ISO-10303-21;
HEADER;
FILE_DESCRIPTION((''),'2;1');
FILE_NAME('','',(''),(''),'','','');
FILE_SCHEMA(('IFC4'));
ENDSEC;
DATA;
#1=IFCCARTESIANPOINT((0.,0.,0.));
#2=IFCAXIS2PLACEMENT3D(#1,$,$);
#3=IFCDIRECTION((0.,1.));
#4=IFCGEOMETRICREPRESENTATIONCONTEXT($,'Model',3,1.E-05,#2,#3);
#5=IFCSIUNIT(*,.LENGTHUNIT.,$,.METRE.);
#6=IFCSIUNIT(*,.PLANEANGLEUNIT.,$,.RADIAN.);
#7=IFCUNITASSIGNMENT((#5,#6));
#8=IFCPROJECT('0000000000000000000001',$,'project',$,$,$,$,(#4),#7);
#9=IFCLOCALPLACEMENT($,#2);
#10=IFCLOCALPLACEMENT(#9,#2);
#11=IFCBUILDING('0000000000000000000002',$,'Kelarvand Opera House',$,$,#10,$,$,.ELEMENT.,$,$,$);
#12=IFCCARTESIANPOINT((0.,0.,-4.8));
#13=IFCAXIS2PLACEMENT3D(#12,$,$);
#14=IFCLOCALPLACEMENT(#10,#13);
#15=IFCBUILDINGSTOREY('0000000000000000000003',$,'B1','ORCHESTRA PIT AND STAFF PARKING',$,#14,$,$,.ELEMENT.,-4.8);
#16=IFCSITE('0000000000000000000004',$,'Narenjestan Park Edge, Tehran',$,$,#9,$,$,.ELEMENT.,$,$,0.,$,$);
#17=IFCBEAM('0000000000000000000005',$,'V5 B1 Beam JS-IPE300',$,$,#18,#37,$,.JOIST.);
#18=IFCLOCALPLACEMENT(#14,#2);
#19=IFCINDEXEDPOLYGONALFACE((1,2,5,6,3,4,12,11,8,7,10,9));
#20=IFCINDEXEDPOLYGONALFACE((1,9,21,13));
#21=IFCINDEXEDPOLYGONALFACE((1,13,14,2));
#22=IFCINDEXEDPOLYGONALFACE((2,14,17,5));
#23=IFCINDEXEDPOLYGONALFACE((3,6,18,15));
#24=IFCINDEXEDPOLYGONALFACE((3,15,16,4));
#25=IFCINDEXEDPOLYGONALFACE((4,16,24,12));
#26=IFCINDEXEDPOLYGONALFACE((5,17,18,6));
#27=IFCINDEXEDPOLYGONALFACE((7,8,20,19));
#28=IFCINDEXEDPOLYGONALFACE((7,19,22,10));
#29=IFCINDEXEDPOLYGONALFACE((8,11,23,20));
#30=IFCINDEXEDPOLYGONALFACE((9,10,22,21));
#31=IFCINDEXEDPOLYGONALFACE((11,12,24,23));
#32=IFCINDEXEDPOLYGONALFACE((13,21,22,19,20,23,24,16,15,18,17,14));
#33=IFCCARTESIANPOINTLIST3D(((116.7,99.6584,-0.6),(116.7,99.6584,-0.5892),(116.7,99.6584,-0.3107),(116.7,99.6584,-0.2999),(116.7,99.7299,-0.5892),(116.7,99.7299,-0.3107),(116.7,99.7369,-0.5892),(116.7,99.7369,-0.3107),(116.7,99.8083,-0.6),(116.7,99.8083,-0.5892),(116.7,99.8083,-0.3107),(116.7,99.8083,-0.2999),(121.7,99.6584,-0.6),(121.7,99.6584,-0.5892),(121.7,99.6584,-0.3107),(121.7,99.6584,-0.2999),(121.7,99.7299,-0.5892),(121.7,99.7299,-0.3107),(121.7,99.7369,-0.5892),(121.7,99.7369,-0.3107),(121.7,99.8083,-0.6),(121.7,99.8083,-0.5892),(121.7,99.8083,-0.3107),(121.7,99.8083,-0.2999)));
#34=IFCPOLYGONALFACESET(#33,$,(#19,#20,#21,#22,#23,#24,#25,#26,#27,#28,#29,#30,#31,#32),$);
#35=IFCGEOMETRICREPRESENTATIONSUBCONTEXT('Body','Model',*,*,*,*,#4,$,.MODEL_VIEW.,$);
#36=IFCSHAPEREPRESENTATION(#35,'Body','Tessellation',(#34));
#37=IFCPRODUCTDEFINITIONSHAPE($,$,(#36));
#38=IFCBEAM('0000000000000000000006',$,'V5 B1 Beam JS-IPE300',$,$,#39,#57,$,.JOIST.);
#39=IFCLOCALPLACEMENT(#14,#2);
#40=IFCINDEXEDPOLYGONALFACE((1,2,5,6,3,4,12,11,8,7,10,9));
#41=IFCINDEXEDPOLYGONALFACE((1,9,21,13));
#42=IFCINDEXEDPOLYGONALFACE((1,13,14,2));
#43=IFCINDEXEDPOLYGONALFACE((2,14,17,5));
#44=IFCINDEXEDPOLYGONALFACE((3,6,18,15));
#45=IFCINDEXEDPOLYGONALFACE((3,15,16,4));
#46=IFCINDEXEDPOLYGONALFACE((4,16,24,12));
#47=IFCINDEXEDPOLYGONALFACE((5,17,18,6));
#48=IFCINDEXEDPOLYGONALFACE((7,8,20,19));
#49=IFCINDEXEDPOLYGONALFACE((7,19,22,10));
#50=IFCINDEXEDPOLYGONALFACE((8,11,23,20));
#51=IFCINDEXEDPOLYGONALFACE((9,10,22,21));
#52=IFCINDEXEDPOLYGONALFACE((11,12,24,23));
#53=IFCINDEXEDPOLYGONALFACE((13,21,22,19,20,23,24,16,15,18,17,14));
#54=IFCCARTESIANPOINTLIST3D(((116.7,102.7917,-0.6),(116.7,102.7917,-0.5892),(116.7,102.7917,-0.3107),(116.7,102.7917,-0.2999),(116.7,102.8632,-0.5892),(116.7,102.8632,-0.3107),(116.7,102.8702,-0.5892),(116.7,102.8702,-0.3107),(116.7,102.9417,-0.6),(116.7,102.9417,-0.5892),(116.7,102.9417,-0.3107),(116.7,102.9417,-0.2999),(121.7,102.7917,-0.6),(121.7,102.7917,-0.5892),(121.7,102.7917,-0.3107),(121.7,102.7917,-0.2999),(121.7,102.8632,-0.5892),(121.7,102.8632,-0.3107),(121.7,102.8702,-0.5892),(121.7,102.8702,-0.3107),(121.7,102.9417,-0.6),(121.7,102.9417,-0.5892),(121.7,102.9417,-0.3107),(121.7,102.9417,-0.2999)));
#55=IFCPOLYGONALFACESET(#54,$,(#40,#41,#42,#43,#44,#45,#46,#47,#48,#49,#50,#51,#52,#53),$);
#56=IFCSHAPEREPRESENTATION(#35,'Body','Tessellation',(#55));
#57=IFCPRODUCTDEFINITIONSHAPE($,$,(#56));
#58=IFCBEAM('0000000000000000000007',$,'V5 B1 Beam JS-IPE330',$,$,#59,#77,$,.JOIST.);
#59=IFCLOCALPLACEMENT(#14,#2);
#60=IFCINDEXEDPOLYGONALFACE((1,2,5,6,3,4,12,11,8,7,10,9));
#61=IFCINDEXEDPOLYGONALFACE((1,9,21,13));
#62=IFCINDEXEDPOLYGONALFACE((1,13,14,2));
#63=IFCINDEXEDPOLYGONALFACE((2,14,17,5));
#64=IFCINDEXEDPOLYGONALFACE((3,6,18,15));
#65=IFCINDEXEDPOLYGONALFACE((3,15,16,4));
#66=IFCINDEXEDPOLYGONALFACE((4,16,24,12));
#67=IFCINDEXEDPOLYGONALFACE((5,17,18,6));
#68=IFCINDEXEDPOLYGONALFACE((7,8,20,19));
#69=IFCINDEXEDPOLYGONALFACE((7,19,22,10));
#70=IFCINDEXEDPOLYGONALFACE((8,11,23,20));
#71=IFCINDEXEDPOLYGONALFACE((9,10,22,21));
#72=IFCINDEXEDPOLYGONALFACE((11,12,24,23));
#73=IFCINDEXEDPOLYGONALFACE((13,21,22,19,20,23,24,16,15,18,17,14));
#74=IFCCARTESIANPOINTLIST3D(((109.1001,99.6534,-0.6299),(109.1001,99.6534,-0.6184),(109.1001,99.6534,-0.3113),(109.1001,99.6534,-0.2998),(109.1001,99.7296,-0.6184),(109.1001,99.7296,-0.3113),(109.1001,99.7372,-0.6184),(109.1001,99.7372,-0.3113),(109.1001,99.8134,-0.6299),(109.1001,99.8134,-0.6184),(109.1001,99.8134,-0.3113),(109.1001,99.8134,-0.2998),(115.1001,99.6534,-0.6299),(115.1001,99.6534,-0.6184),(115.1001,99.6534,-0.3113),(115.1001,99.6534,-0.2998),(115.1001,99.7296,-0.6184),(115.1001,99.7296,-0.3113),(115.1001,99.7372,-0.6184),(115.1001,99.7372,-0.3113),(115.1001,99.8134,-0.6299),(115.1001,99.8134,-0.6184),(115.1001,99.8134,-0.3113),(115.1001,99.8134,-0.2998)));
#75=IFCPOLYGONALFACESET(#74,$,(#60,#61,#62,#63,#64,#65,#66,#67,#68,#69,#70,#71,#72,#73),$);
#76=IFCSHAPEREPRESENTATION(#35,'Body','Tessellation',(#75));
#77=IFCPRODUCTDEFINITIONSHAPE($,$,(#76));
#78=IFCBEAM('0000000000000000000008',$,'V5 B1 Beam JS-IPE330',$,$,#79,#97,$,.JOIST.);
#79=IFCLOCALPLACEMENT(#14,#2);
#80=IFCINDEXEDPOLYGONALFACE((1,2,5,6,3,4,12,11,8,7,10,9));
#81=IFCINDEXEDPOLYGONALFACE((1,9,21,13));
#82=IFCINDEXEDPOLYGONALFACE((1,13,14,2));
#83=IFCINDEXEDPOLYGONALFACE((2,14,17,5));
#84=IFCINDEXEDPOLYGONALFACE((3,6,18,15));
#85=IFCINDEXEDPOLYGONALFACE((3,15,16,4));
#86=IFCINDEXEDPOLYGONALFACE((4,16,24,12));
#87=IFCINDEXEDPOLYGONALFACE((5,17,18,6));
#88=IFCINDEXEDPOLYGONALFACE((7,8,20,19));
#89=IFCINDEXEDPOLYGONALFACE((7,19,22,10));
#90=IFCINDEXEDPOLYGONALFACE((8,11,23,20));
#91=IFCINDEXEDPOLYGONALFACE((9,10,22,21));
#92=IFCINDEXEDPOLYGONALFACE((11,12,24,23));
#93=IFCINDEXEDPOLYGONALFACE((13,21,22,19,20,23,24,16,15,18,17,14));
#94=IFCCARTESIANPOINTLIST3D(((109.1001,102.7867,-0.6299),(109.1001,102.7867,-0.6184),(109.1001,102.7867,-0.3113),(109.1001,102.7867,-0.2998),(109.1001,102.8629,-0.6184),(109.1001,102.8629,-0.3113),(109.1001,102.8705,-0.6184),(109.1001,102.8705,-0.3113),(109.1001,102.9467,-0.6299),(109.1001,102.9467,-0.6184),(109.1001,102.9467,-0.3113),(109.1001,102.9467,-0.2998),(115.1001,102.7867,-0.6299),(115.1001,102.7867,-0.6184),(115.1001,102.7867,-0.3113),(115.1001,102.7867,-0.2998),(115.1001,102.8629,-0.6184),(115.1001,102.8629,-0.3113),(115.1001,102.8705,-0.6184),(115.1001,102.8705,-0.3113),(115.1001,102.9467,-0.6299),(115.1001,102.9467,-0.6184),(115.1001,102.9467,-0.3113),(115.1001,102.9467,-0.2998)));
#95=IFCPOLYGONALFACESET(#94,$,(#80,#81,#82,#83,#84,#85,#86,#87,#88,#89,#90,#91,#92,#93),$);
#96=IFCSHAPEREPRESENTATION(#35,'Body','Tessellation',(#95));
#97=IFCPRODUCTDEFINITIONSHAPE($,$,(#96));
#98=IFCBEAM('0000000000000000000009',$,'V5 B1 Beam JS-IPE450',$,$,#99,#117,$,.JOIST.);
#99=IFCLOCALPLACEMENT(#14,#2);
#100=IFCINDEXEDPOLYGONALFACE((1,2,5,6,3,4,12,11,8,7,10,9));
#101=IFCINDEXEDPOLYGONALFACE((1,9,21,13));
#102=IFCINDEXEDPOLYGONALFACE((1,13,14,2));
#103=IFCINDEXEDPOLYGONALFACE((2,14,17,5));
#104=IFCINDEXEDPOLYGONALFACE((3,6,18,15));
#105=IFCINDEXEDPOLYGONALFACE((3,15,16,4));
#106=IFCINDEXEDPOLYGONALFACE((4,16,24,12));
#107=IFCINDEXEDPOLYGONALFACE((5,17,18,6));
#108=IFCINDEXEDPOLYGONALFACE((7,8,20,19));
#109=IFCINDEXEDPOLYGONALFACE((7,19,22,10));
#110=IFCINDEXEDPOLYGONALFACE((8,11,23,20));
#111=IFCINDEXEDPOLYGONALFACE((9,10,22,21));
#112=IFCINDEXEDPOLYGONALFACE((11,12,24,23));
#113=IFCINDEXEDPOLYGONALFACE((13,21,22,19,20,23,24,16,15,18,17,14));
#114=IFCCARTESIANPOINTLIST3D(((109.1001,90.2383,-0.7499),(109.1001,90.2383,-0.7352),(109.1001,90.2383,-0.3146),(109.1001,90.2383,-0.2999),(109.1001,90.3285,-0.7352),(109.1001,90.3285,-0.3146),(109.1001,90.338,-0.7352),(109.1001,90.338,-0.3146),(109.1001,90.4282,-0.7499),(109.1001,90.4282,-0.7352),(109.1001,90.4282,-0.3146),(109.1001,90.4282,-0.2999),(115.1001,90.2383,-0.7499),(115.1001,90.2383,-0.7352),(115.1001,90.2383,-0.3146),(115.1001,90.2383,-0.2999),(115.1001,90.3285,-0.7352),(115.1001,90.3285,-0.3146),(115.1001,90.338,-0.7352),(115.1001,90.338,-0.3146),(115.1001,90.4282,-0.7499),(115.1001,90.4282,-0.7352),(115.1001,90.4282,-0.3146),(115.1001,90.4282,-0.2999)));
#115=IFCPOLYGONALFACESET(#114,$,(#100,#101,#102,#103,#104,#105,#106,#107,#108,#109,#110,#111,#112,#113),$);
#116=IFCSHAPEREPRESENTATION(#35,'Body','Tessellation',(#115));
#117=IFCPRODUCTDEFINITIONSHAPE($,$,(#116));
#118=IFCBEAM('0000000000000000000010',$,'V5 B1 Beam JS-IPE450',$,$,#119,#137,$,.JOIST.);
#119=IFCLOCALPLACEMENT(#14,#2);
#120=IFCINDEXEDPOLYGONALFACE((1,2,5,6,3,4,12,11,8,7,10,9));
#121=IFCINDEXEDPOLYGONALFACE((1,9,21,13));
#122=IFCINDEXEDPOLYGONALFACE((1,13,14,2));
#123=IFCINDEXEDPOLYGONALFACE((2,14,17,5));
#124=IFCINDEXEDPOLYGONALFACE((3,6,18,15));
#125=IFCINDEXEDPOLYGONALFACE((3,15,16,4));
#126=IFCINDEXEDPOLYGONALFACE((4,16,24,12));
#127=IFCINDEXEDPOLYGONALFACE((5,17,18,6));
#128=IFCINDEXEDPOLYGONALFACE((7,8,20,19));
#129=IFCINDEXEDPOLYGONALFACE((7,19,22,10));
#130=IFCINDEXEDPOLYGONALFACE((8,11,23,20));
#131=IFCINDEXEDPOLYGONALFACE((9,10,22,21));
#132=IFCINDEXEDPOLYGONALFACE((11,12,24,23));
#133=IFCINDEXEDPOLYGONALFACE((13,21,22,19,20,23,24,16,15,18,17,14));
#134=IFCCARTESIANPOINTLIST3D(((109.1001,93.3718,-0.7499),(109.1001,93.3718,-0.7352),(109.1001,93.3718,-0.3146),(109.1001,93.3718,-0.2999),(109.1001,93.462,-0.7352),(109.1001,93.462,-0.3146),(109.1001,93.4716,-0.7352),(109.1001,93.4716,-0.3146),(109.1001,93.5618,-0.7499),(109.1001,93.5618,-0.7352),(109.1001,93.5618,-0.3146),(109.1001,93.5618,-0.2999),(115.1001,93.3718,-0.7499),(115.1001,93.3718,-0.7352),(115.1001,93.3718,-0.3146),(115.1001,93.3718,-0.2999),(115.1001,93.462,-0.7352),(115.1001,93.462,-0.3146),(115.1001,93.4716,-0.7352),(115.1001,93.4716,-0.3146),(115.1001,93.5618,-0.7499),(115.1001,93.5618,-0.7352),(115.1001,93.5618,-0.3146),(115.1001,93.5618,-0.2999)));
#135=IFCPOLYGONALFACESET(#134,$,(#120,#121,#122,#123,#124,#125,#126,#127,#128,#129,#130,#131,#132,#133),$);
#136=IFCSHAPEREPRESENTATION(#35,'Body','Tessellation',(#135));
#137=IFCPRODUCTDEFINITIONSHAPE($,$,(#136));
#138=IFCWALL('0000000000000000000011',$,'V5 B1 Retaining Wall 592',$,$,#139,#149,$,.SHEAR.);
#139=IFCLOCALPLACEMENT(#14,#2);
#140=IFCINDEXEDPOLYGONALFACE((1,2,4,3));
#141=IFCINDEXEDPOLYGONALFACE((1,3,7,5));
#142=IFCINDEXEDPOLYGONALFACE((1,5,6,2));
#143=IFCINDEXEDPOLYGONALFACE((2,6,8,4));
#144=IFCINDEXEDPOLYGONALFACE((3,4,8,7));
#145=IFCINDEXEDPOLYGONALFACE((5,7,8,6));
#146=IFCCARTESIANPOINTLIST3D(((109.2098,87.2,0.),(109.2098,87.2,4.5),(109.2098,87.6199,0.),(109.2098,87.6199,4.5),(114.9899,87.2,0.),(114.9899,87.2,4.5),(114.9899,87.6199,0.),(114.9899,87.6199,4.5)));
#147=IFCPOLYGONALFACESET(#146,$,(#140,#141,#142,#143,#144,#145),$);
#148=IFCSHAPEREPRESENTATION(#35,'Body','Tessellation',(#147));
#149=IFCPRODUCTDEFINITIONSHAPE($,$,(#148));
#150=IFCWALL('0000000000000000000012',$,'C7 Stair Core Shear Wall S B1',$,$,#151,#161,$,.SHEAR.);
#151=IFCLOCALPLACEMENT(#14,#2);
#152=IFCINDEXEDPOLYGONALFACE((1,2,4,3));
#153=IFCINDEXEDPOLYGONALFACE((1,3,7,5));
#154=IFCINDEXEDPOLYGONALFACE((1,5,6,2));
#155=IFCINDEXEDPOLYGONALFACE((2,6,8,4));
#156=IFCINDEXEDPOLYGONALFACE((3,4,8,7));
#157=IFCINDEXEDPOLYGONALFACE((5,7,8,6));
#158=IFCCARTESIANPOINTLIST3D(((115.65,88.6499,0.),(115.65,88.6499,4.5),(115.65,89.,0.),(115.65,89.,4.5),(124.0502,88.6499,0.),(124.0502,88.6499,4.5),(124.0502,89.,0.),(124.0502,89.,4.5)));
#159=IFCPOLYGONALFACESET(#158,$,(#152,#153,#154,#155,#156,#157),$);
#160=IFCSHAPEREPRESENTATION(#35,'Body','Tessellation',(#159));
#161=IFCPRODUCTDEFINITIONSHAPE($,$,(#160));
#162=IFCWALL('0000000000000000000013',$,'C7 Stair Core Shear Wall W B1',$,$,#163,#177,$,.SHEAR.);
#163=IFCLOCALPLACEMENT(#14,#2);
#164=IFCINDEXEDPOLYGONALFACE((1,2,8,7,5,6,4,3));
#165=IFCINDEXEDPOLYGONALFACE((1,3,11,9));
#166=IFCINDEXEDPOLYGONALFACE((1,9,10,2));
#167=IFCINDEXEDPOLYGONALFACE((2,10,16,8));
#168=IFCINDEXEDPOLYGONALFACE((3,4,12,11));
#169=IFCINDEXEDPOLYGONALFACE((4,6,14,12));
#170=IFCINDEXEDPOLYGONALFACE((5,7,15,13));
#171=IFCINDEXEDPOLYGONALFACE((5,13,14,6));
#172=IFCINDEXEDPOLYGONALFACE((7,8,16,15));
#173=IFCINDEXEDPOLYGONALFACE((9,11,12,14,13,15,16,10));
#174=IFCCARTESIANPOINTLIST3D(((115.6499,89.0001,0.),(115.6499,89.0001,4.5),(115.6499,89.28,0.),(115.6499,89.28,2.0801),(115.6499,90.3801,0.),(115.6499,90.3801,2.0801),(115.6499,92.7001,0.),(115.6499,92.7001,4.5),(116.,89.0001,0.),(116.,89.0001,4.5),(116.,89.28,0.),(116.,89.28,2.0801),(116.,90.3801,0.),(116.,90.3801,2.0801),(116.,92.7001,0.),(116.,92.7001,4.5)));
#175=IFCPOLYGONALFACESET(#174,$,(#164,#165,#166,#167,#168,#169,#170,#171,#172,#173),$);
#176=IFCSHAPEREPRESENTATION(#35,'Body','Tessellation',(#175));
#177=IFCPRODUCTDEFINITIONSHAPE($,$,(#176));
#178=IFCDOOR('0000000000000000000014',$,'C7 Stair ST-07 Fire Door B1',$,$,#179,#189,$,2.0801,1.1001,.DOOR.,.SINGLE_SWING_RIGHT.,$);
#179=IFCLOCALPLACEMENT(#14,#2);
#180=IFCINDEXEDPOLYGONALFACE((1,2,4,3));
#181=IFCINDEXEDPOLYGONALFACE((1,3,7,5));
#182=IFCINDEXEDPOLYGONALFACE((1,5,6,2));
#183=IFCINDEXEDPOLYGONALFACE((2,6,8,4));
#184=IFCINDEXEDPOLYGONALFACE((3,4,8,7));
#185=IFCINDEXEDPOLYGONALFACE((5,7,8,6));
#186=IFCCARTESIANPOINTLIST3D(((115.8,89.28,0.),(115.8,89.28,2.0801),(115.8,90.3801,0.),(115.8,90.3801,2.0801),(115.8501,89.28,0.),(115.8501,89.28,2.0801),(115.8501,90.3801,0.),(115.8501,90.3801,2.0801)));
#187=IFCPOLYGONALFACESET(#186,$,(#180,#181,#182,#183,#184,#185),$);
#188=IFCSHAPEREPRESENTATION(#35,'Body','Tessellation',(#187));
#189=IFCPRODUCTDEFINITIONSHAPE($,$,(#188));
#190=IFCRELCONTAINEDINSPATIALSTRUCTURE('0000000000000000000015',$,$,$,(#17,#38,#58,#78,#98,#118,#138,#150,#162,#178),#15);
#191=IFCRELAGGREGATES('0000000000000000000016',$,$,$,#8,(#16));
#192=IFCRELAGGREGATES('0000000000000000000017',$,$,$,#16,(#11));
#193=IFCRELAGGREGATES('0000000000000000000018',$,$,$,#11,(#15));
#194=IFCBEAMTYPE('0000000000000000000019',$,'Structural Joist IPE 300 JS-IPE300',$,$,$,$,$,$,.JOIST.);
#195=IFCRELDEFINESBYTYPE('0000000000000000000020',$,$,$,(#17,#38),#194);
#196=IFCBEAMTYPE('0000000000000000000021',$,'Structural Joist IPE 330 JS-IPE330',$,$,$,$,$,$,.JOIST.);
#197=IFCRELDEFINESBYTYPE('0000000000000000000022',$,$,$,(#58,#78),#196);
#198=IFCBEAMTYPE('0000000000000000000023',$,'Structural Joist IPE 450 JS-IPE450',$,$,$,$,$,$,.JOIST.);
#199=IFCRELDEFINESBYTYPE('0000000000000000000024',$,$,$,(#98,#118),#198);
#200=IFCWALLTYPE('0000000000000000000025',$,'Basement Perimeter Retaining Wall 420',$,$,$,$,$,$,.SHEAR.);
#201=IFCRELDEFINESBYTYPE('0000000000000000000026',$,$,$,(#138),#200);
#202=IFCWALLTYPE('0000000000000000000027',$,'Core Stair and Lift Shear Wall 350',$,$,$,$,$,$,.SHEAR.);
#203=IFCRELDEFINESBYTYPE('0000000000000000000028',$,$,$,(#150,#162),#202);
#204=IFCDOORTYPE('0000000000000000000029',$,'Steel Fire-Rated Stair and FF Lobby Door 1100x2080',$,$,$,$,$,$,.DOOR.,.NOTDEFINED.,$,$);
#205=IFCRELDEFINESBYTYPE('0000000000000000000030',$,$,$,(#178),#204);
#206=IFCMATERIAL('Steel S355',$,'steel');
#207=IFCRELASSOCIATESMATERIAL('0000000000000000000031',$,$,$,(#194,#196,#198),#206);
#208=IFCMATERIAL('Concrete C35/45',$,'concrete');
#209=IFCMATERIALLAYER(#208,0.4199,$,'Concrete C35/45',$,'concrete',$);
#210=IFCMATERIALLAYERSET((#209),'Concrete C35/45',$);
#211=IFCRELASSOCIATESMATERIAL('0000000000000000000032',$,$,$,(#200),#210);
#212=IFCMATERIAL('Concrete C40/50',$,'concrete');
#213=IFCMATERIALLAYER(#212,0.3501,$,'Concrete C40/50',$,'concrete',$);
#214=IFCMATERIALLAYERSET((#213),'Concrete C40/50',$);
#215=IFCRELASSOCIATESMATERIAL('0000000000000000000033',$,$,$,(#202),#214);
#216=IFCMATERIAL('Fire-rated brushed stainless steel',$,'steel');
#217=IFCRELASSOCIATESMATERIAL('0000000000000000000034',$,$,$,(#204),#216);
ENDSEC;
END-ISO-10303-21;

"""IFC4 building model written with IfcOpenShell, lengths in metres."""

from ifc_helpers import new_model, si_unit, direction, frame, frame_2d, origin, origin_2d, place, context, subcontext, project, spatial, rectangle, i_section, extrude, material, layer, layer_set, material_profile, profile_set, type_object, element, fill, save


model = new_model("IFC4")

# Units and contexts
model_context = context("Model", 3, precision=1e-05, world=origin(), true_north=direction((0.0, 1.0)))
body_context = subcontext(model_context, "Body", "Model", "MODEL_VIEW")
ifc_project = project(units=[si_unit("LENGTHUNIT", "METRE"), si_unit("PLANEANGLEUNIT", "RADIAN")], contexts=[model_context])

# Site, building, storey
site_placement = place(None, origin())
site = spatial("IfcSite", under=ifc_project, at=site_placement, Name="Narenjestan Park Edge, Tehran", CompositionType="ELEMENT", RefElevation=0.0)
building_placement = place(site_placement, origin())
building = spatial("IfcBuilding", under=site, at=building_placement, Name="Kelarvand Opera House", CompositionType="ELEMENT")
storey_placement = place(building_placement, frame((0.0, 0.0, -4.8)))
storey = spatial("IfcBuildingStorey", under=building, at=storey_placement, Name="B1", Description="ORCHESTRA PIT AND STAFF PARKING", CompositionType="ELEMENT", Elevation=-4.8)

# Shared definitions
ifc_material_1 = material(Name="Concrete C40/50", Category="concrete")

# Beams
ifc_material_2 = material(Name="Steel S355", Category="steel")
ifc_material_profile_1 = material_profile(ifc_material_2, i_section(OverallWidth=0.1499, OverallDepth=0.3, WebThickness=0.0071, FlangeThickness=0.0107, at=origin_2d()), Name="IPE 300", Category="steel")
ifc_profile_set_1 = profile_set([ifc_material_profile_1], Name="Steel S355")
beam_type_1 = type_object("IfcBeamType", Name="Structural Joist IPE 300 JS-IPE300", PredefinedType="JOIST", material=ifc_profile_set_1)
for number, where, z_axis, x_axis, name in (
    (1, (116.7, 99.7334, -0.45), (1.0, 0.0, 0.0), (0.0, 1.0, 0.0), "V5 B1 Beam JS-IPE300"),
    (2, (116.7, 102.8667, -0.45), (1.0, 0.0, 0.0), (0.0, 1.0, 0.0), "V5 B1 Beam JS-IPE300"),
):
    element("IfcBeam", number, at=place(storey_placement, frame(where, z_axis=z_axis, x_axis=x_axis)), inside=storey, type_object=beam_type_1, Name=name, PredefinedType="JOIST", context=body_context, shape_type="SweptSolid", body=[
        extrude(i_section(OverallWidth=0.1499, OverallDepth=0.3, WebThickness=0.0071, FlangeThickness=0.0107, at=origin_2d()), origin(), (0.0, 0.0, 1.0), 5.0),
    ])
ifc_material_profile_2 = material_profile(ifc_material_2, i_section(OverallWidth=0.1599, OverallDepth=0.3301, WebThickness=0.0076, FlangeThickness=0.0115, at=origin_2d()), Name="IPE 330", Category="steel")
ifc_profile_set_2 = profile_set([ifc_material_profile_2], Name="Steel S355")
beam_type_2 = type_object("IfcBeamType", Name="Structural Joist IPE 330 JS-IPE330", PredefinedType="JOIST", material=ifc_profile_set_2)
for number, where, z_axis, x_axis, name in (
    (3, (109.1001, 99.7334, -0.4648), (1.0, 0.0, 0.0), (0.0, 1.0, 0.0), "V5 B1 Beam JS-IPE330"),
    (4, (109.1001, 102.8667, -0.4648), (1.0, 0.0, 0.0), (0.0, 1.0, 0.0), "V5 B1 Beam JS-IPE330"),
):
    element("IfcBeam", number, at=place(storey_placement, frame(where, z_axis=z_axis, x_axis=x_axis)), inside=storey, type_object=beam_type_2, Name=name, PredefinedType="JOIST", context=body_context, shape_type="SweptSolid", body=[
        extrude(i_section(OverallWidth=0.1599, OverallDepth=0.3301, WebThickness=0.0076, FlangeThickness=0.0115, at=origin_2d()), origin(), (0.0, 0.0, 1.0), 6.0),
    ])
ifc_material_profile_3 = material_profile(ifc_material_2, i_section(OverallWidth=0.1899, OverallDepth=0.45, WebThickness=0.0095, FlangeThickness=0.0146, at=origin_2d()), Name="IPE 450", Category="steel")
ifc_profile_set_3 = profile_set([ifc_material_profile_3], Name="Steel S355")
beam_type_3 = type_object("IfcBeamType", Name="Structural Joist IPE 450 JS-IPE450", PredefinedType="JOIST", material=ifc_profile_set_3)
for number, where, z_axis, x_axis, name in (
    (5, (109.1001, 90.3333, -0.5249), (1.0, 0.0, 0.0), (0.0, 1.0, 0.0), "V5 B1 Beam JS-IPE450"),
    (6, (109.1001, 93.4668, -0.5249), (1.0, 0.0, 0.0), (0.0, 1.0, 0.0), "V5 B1 Beam JS-IPE450"),
):
    element("IfcBeam", number, at=place(storey_placement, frame(where, z_axis=z_axis, x_axis=x_axis)), inside=storey, type_object=beam_type_3, Name=name, PredefinedType="JOIST", context=body_context, shape_type="SweptSolid", body=[
        extrude(i_section(OverallWidth=0.1899, OverallDepth=0.45, WebThickness=0.0095, FlangeThickness=0.0146, at=origin_2d()), origin(), (0.0, 0.0, 1.0), 6.0),
    ])

# Walls
ifc_material_3 = material(Name="Concrete C35/45", Category="concrete")
ifc_layer_1 = layer(ifc_material_3, 0.4199, Name="Concrete C35/45", Category="concrete")
ifc_layer_set_1 = layer_set([ifc_layer_1], Name="Concrete C35/45")
wall_type_1 = type_object("IfcWallType", Name="Basement Perimeter Retaining Wall 420", PredefinedType="SHEAR", material=ifc_layer_set_1)
wall_1_placement = place(storey_placement, frame((114.99, 87.4099, 0.0), z_axis=(0.0, 0.0, 1.0), x_axis=(-1.0, 0.0, 0.0)))
element("IfcWall", 7, at=wall_1_placement, inside=storey, type_object=wall_type_1, Name="V5 B1 Retaining Wall 592", PredefinedType="SHEAR", context=body_context, shape_type="SweptSolid", body=[
    extrude(rectangle(XDim=5.78, YDim=0.4199, at=frame_2d((2.8901, 0.0))), origin(), (0.0, 0.0, 1.0), 4.5),
])
ifc_layer_2 = layer(ifc_material_1, 0.3501, Name="Concrete C40/50", Category="concrete")
ifc_layer_set_2 = layer_set([ifc_layer_2], Name="Concrete C40/50")
wall_type_2 = type_object("IfcWallType", Name="Core Stair and Lift Shear Wall 350", PredefinedType="SHEAR", material=ifc_layer_set_2)
wall_2_placement = place(storey_placement, frame((115.6499, 88.825, 0.0), z_axis=(0.0, 0.0, 1.0), x_axis=(1.0, 0.0, 0.0)))
element("IfcWall", 8, at=wall_2_placement, inside=storey, type_object=wall_type_2, Name="C7 Stair Core Shear Wall S B1", PredefinedType="SHEAR", context=body_context, shape_type="SweptSolid", body=[
    extrude(rectangle(XDim=8.4001, YDim=0.3501, at=frame_2d((4.2002, 0.0))), origin(), (0.0, 0.0, 1.0), 4.5),
])

# Wall, opening, door
wall_3_placement = place(storey_placement, frame((115.825, 89.0, 0.0), z_axis=(0.0, 0.0, 1.0), x_axis=(0.0, 1.0, 0.0)))
wall_3 = element("IfcWall", 9, at=wall_3_placement, inside=storey, type_object=wall_type_2, Name="C7 Stair Core Shear Wall W B1", PredefinedType="SHEAR", context=body_context, shape_type="SweptSolid", body=[
    extrude(rectangle(XDim=3.7, YDim=0.3501, at=frame_2d((1.8501, 0.0))), origin(), (0.0, 0.0, 1.0), 4.5),
])
opening_placement = place(wall_3_placement, frame((0.28, 0.0, 0.0)))
opening = element("IfcOpeningElement", 10, at=opening_placement, cuts=wall_3, PredefinedType="OPENING", context=body_context, shape_type="SweptSolid", body=[
    extrude(rectangle(XDim=1.1001, YDim=2.0801, at=frame_2d((0.55, 1.04))), frame((0.0, 0.1851, 0.0), z_axis=(0.0, -1.0, 0.0), x_axis=(1.0, 0.0, 0.0)), (0.0, 0.0, 1.0), 0.3701),
])
ifc_material_4 = material(Name="Fire-rated brushed stainless steel", Category="steel")
door_type = type_object("IfcDoorType", Name="Steel Fire-Rated Stair and FF Lobby Door 1100x2080", OperationType="NOTDEFINED", PredefinedType="DOOR", material=ifc_material_4)
door_placement = place(opening_placement, origin())
door = element("IfcDoor", 11, at=door_placement, inside=storey, type_object=door_type, Name="C7 Stair ST-07 Fire Door B1", OperationType="SINGLE_SWING_RIGHT", OverallHeight=2.0801, OverallWidth=1.1001, PredefinedType="DOOR", context=body_context, shape_type="SweptSolid", body=[
    extrude(rectangle(XDim=1.1001, YDim=2.0801, at=frame_2d((0.55, 1.04))), frame((0.0, 0.0249, 0.0), z_axis=(0.0, -1.0, 0.0), x_axis=(1.0, 0.0, 0.0)), (0.0, 0.0, 1.0), 0.05),
])
fill(opening, door)

save(model, "model.ifc")
